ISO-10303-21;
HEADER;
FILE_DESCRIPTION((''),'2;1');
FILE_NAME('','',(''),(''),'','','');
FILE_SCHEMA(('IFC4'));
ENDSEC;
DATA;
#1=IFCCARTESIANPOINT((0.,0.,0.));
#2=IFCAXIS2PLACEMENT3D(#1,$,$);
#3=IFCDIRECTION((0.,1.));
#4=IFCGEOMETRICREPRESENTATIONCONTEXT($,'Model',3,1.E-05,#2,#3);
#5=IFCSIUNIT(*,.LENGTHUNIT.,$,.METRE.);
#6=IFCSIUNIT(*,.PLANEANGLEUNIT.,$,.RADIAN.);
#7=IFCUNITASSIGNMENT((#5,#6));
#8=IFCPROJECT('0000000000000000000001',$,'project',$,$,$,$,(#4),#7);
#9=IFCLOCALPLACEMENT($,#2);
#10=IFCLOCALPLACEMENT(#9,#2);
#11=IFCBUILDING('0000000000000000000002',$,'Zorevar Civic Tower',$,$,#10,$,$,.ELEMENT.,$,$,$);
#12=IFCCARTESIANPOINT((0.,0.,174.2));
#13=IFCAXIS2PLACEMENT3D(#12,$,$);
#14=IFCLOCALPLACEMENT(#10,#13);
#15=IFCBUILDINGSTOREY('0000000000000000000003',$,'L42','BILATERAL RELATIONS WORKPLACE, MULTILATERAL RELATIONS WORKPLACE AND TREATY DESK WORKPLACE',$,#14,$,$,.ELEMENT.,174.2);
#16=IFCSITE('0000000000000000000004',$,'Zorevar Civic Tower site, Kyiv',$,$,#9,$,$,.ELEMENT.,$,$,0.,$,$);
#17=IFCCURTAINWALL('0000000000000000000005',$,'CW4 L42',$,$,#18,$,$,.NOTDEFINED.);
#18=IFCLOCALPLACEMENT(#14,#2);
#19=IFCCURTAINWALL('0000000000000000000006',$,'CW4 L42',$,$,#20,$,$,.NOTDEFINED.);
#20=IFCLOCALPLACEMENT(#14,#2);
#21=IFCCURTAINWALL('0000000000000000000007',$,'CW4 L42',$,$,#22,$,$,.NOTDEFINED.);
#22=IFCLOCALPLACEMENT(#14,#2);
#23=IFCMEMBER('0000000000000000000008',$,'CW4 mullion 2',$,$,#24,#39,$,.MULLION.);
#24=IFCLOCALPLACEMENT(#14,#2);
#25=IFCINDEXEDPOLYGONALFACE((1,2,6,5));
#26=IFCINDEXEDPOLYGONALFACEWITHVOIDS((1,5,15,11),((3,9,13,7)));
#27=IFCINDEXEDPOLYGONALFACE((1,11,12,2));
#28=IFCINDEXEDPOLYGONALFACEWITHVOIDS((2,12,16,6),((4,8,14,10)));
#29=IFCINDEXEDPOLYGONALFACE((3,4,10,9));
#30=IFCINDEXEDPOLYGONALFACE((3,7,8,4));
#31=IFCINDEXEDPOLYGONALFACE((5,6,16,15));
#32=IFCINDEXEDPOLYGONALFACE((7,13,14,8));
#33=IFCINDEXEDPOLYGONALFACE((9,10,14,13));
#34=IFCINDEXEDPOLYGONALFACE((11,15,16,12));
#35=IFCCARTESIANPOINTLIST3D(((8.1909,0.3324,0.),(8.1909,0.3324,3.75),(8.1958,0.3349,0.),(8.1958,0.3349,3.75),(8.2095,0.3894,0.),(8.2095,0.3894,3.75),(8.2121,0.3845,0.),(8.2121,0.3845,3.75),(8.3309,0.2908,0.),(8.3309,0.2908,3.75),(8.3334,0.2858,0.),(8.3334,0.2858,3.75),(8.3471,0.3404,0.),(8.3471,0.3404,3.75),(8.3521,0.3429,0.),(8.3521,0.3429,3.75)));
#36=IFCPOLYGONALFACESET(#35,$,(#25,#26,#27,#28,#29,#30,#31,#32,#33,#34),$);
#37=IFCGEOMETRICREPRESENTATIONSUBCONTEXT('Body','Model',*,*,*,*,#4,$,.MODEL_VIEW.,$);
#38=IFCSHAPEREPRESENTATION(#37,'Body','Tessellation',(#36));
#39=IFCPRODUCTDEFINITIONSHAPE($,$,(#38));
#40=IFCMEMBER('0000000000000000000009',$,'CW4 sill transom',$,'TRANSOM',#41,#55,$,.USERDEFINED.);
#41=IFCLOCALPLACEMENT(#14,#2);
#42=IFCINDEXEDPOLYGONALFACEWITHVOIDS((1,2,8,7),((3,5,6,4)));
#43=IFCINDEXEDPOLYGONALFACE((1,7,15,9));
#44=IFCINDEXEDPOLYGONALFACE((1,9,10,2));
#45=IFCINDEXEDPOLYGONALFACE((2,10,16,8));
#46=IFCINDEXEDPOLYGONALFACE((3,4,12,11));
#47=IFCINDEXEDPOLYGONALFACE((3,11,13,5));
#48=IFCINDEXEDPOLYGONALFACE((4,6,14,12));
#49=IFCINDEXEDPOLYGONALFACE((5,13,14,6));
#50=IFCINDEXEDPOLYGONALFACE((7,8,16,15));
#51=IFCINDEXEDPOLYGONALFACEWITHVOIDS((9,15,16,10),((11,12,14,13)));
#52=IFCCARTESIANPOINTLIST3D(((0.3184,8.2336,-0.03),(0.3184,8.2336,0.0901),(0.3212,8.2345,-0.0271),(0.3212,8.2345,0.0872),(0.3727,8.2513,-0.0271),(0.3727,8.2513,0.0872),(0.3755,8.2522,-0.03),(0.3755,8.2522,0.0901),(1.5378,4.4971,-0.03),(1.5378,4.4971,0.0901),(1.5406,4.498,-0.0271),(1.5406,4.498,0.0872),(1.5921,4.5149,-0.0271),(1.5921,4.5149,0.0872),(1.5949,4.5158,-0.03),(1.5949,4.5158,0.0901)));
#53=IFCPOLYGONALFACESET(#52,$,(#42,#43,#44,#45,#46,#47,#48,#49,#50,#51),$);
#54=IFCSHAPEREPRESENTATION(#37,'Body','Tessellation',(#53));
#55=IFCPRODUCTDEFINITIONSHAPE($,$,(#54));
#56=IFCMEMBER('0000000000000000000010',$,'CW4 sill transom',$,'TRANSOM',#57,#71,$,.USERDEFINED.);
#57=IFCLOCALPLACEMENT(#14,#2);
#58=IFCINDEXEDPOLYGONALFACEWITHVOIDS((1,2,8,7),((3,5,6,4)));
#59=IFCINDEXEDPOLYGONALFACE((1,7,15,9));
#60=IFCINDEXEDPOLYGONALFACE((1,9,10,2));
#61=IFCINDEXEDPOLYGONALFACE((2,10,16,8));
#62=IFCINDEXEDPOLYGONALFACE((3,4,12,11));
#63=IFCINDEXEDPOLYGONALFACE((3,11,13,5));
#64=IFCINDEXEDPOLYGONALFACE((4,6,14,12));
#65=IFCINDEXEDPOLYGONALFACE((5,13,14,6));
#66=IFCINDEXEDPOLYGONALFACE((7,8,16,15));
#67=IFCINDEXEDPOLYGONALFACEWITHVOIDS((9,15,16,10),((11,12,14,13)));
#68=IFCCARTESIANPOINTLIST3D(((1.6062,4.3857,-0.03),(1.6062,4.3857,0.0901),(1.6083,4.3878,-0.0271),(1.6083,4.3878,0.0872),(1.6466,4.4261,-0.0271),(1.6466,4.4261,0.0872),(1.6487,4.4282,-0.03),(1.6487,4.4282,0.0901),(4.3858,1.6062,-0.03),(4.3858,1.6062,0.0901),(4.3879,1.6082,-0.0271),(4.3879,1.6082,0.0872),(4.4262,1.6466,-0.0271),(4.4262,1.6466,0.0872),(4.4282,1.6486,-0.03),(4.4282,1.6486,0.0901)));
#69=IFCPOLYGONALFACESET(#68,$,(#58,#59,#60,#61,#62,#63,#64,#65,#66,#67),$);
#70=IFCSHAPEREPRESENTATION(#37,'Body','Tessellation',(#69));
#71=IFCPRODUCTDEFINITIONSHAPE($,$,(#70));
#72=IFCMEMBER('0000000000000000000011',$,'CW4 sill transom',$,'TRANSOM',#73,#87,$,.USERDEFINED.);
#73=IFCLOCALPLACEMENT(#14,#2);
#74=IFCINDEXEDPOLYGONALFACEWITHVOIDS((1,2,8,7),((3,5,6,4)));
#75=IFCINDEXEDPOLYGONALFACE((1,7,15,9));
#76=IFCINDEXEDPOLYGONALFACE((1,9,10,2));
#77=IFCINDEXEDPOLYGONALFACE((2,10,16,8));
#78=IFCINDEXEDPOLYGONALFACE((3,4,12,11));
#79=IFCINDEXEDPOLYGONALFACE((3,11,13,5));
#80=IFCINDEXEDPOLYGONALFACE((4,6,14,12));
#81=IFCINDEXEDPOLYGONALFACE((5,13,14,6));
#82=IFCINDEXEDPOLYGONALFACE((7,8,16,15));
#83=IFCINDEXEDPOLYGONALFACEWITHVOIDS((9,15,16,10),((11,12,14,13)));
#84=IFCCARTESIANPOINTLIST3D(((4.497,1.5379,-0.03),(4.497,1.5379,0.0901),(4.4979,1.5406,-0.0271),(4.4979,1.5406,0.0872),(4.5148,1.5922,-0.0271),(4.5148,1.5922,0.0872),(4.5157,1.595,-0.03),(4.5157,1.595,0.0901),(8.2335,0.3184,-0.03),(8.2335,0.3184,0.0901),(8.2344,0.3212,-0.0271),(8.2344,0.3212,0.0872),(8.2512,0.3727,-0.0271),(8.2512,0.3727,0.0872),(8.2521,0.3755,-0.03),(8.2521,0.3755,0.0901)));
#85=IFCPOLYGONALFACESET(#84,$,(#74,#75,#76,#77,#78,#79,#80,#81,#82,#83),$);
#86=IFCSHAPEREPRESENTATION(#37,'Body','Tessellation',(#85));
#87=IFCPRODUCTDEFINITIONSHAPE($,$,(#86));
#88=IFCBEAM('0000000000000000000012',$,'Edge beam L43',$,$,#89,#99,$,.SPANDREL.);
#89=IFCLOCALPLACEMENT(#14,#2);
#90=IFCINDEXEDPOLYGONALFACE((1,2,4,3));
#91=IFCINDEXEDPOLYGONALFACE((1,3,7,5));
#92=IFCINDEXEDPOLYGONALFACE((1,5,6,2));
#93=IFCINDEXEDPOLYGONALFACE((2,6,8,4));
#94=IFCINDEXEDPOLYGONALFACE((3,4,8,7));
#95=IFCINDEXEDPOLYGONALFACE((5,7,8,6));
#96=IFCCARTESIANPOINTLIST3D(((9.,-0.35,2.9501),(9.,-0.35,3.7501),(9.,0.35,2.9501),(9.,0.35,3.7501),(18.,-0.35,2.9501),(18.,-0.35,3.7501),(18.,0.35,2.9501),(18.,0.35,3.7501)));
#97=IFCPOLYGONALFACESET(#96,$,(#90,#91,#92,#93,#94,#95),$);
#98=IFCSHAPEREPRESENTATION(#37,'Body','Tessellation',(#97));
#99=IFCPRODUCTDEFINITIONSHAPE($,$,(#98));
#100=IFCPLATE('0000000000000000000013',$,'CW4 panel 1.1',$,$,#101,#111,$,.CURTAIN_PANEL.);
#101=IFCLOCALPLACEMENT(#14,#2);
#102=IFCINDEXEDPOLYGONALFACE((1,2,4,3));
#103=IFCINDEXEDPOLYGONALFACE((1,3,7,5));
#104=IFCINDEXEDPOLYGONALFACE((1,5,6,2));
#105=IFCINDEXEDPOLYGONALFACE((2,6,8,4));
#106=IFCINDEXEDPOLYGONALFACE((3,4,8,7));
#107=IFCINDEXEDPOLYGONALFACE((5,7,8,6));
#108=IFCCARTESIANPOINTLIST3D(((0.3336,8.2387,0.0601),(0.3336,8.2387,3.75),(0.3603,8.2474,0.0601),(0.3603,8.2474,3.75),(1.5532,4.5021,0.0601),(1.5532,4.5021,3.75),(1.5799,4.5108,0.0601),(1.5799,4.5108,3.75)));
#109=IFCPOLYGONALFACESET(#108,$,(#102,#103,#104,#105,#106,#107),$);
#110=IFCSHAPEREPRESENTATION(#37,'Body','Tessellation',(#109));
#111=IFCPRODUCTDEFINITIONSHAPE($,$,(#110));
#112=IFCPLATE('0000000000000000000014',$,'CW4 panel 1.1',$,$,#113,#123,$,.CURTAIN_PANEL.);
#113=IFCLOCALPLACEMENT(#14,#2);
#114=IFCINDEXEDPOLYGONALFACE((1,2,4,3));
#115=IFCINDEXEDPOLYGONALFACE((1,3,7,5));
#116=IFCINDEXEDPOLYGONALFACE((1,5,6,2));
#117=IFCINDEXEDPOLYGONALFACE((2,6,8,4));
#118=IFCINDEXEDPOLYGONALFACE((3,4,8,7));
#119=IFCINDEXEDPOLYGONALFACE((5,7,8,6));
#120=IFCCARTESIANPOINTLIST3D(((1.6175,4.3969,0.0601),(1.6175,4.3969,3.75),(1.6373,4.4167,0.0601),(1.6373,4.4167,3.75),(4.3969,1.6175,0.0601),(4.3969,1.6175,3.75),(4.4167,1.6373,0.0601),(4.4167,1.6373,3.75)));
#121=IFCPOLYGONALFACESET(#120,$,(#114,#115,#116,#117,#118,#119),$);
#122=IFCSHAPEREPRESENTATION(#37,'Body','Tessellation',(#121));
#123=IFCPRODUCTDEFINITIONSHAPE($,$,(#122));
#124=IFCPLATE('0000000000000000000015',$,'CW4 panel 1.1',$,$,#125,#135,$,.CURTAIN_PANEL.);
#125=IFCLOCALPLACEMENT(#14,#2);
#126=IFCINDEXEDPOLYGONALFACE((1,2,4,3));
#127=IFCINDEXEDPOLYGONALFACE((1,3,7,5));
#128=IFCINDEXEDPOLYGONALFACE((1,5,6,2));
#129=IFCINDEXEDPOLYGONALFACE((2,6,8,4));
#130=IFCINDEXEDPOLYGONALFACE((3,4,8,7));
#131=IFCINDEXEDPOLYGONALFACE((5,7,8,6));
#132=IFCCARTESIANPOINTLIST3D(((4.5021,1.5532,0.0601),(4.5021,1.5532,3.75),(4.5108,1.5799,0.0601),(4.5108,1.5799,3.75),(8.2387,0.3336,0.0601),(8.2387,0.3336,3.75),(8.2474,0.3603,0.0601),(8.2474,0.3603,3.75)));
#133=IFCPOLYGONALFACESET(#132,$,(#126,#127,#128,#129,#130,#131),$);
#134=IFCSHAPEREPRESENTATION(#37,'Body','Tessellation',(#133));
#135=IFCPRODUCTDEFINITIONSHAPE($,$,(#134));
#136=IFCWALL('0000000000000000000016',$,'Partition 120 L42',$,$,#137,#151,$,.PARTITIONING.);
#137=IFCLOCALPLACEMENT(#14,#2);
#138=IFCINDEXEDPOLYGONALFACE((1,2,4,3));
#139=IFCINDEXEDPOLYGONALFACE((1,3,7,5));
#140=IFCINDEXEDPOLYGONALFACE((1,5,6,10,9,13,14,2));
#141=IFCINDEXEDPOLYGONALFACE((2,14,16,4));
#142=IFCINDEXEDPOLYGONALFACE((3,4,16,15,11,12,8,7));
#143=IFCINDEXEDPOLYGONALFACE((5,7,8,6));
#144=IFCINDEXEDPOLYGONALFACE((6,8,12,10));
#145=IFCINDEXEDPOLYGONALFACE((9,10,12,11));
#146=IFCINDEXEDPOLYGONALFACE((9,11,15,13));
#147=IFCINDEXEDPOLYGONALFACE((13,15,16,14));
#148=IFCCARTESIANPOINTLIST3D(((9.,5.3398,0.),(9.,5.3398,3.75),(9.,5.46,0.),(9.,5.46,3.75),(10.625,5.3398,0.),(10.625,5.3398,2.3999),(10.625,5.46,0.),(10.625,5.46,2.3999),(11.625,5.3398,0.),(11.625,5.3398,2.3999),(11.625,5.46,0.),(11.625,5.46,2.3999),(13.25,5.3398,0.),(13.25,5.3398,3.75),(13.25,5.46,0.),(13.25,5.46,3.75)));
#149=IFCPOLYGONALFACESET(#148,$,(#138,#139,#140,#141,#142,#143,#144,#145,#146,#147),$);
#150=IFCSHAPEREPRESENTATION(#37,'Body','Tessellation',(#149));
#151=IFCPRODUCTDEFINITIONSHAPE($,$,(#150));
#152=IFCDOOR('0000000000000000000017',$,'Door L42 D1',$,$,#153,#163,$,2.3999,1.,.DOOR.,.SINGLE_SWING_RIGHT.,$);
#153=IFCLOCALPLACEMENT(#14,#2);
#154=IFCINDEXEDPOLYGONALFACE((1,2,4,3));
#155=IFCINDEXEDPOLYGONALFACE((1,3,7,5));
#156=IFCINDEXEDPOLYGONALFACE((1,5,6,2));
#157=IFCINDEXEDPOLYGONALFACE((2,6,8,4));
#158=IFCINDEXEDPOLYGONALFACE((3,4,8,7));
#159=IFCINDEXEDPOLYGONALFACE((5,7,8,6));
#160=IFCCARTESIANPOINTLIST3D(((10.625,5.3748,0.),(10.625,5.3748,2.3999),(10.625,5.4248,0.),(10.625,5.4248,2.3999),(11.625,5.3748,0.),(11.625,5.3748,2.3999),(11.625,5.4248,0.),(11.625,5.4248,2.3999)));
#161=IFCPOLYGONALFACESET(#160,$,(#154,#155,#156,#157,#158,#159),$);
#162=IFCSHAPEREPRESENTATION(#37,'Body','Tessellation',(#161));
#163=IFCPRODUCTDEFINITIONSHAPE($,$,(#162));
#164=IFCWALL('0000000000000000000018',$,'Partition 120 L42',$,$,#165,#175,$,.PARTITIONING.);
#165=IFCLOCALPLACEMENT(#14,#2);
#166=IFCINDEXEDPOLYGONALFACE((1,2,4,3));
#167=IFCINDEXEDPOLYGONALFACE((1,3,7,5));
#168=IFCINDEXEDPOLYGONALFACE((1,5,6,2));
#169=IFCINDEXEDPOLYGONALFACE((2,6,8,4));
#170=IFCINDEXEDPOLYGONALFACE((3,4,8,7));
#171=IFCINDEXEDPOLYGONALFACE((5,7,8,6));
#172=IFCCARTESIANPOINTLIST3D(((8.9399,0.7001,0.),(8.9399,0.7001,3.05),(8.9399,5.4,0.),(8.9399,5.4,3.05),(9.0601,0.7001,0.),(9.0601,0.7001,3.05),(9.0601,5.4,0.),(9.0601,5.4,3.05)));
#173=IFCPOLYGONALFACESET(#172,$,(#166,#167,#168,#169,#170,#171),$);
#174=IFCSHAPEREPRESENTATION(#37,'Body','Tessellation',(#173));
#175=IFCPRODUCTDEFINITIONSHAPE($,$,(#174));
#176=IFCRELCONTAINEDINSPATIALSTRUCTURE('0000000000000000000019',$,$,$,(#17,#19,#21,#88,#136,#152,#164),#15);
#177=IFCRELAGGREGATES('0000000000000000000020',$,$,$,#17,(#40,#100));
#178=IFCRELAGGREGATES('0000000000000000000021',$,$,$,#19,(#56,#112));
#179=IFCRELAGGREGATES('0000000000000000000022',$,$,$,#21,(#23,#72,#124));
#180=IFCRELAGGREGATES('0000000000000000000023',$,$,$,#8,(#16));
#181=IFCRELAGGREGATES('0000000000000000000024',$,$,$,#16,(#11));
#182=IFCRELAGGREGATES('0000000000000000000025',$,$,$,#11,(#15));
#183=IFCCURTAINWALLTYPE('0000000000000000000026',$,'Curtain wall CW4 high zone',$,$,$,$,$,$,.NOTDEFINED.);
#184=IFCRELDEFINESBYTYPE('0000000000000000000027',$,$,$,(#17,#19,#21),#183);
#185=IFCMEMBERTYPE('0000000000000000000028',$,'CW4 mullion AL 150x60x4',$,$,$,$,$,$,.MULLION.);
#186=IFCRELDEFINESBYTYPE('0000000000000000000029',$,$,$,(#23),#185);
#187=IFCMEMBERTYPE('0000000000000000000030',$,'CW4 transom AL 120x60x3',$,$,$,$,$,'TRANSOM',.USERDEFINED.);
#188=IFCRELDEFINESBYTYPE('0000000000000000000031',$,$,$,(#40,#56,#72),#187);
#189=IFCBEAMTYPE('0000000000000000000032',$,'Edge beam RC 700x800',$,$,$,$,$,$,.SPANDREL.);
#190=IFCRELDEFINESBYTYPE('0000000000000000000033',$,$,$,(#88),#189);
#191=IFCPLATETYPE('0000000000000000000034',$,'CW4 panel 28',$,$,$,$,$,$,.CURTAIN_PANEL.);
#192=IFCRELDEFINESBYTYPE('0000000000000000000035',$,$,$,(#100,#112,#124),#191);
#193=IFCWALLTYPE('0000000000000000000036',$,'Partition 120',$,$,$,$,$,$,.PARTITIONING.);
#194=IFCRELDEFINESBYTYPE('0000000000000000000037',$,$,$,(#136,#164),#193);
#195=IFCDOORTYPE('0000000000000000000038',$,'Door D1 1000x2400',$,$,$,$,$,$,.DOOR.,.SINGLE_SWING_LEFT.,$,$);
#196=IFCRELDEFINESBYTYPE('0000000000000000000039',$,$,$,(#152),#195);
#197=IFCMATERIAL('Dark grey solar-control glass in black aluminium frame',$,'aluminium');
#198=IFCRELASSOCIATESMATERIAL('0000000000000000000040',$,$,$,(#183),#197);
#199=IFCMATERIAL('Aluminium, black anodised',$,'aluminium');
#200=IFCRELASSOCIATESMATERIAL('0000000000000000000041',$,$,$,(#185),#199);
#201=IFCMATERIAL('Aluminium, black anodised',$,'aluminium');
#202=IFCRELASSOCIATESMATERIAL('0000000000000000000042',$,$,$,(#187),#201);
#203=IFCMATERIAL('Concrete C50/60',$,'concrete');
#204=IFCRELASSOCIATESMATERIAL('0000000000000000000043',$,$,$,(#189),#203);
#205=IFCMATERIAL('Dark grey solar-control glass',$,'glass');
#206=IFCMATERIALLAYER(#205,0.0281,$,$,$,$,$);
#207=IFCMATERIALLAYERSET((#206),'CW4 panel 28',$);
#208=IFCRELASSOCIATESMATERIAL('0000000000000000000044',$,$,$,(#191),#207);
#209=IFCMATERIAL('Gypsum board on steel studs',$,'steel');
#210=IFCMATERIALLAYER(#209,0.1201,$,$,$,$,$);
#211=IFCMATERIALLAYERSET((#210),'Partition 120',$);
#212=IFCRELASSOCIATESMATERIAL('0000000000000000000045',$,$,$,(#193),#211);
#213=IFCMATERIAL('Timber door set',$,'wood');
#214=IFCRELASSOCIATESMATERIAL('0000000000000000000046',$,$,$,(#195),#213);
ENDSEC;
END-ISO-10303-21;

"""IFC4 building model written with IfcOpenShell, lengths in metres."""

from ifc_helpers import new_model, si_unit, direction, frame, frame_2d, origin, origin_2d, place, context, subcontext, project, spatial, rectangle, hollow_rectangle, extrude, material, layer, layer_set, material_profile, profile_set, type_object, element, fill, aggregate, save


model = new_model("IFC4")

# Units and contexts
model_context = context("Model", 3, precision=1e-05, world=origin(), true_north=direction((0.0, 1.0)))
body_context = subcontext(model_context, "Body", "Model", "MODEL_VIEW")
ifc_project = project(units=[si_unit("LENGTHUNIT", "METRE"), si_unit("PLANEANGLEUNIT", "RADIAN")], contexts=[model_context])

# Site, building, storey
site_placement = place(None, origin())
site = spatial("IfcSite", under=ifc_project, at=site_placement, Name="Zorevar Civic Tower site, Kyiv", CompositionType="ELEMENT", RefElevation=0.0)
building_placement = place(site_placement, origin())
building = spatial("IfcBuilding", under=site, at=building_placement, Name="Zorevar Civic Tower", CompositionType="ELEMENT")
storey_placement = place(building_placement, frame((0.0, 0.0, 174.2)))
storey = spatial("IfcBuildingStorey", under=building, at=storey_placement, Name="L42", Description="BILATERAL RELATIONS WORKPLACE, MULTILATERAL RELATIONS WORKPLACE AND TREATY DESK WORKPLACE", CompositionType="ELEMENT", Elevation=174.2)

# Curtain walls, member
ifc_material_1 = material(Name="Dark grey solar-control glass in black aluminium frame", Category="aluminium")
curtain_wall_type = type_object("IfcCurtainWallType", Name="Curtain wall CW4 high zone", PredefinedType="NOTDEFINED", material=ifc_material_1)
curtain_wall_1_placement = place(storey_placement, origin())
curtain_wall_1 = element("IfcCurtainWall", 1, at=curtain_wall_1_placement, inside=storey, type_object=curtain_wall_type, Name="CW4 L42", PredefinedType="NOTDEFINED")
ifc_material_2 = material(Name="Aluminium, black anodised", Category="aluminium")
ifc_material_profile_1 = material_profile(ifc_material_2, hollow_rectangle(XDim=0.0601, YDim=0.1499, WallThickness=0.0039, at=origin_2d()), Name="AL 150x60x4")
ifc_profile_set_1 = profile_set([ifc_material_profile_1], Name="Aluminium, black anodised")
member_type_1 = type_object("IfcMemberType", Name="CW4 mullion AL 150x60x4", PredefinedType="MULLION", material=ifc_profile_set_1)
curtain_wall_2_placement = place(storey_placement, origin())
curtain_wall_2 = element("IfcCurtainWall", 2, at=curtain_wall_2_placement, inside=storey, type_object=curtain_wall_type, Name="CW4 L42", PredefinedType="NOTDEFINED")
curtain_wall_3_placement = place(storey_placement, origin())
curtain_wall_3 = element("IfcCurtainWall", 3, at=curtain_wall_3_placement, inside=storey, type_object=curtain_wall_type, Name="CW4 L42", PredefinedType="NOTDEFINED")
member_1_placement = place(storey_placement, frame((8.2715, 0.3376, 0.0), z_axis=(0.0, 0.0, 1.0), x_axis=(0.310281, 0.950645, 0.0)))
member_1 = element("IfcMember", 4, at=member_1_placement, type_object=member_type_1, Name="CW4 mullion 2", PredefinedType="MULLION", context=body_context, shape_type="SweptSolid", body=[
    extrude(hollow_rectangle(XDim=0.0601, YDim=0.1499, WallThickness=0.0039, at=origin_2d()), origin(), (0.0, 0.0, 1.0), 3.75),
])

# Members
ifc_material_3 = material(Name="Aluminium, black anodised", Category="aluminium")
ifc_material_profile_2 = material_profile(ifc_material_3, hollow_rectangle(XDim=0.0601, YDim=0.1201, WallThickness=0.0029, at=origin_2d()), Name="AL 120x60x3")
ifc_profile_set_2 = profile_set([ifc_material_profile_2], Name="Aluminium, black anodised")
member_type_2 = type_object("IfcMemberType", Name="CW4 transom AL 120x60x3", ElementType="TRANSOM", PredefinedType="USERDEFINED", material=ifc_profile_set_2)
member_2_placement = place(storey_placement, frame((0.3469, 8.2429, 0.03), z_axis=(0.310259, -0.950652, 0.0), x_axis=(0.950652, 0.310259, 0.0)))
member_2 = element("IfcMember", 5, at=member_2_placement, type_object=member_type_2, Name="CW4 sill transom", ObjectType="TRANSOM", PredefinedType="USERDEFINED", context=body_context, shape_type="SweptSolid", body=[
    extrude(hollow_rectangle(XDim=0.0601, YDim=0.1201, WallThickness=0.0029, at=origin_2d()), origin(), (0.0, 0.0, 1.0), 3.9304),
])
member_3_placement = place(storey_placement, frame((1.6274, 4.407, 0.03), z_axis=(0.707107, -0.707107, 0.0), x_axis=(0.707107, 0.707107, 0.0)))
member_3 = element("IfcMember", 6, at=member_3_placement, type_object=member_type_2, Name="CW4 sill transom", ObjectType="TRANSOM", PredefinedType="USERDEFINED", context=body_context, shape_type="SweptSolid", body=[
    extrude(hollow_rectangle(XDim=0.0601, YDim=0.1201, WallThickness=0.0029, at=origin_2d()), origin(), (0.0, 0.0, 1.0), 3.9309),
])
member_4_placement = place(storey_placement, frame((4.5063, 1.5664, 0.03), z_axis=(0.950652, -0.310259, 0.0), x_axis=(0.310259, 0.950652, 0.0)))
member_4 = element("IfcMember", 7, at=member_4_placement, type_object=member_type_2, Name="CW4 sill transom", ObjectType="TRANSOM", PredefinedType="USERDEFINED", context=body_context, shape_type="SweptSolid", body=[
    extrude(hollow_rectangle(XDim=0.0601, YDim=0.1201, WallThickness=0.0029, at=origin_2d()), origin(), (0.0, 0.0, 1.0), 3.9304),
])

# Beam
ifc_material_4 = material(Name="Concrete C50/60", Category="concrete")
ifc_material_profile_3 = material_profile(ifc_material_4, rectangle(XDim=0.7, YDim=0.8, at=origin_2d()), Name="RC 700x800")
ifc_profile_set_3 = profile_set([ifc_material_profile_3], Name="Concrete C50/60")
beam_type_1 = type_object("IfcBeamType", Name="Edge beam RC 700x800", PredefinedType="SPANDREL", material=ifc_profile_set_3)
beam_1_placement = place(storey_placement, frame((9.0, 0.0, 3.3501), z_axis=(1.0, 0.0, 0.0), x_axis=(0.0, 1.0, 0.0)))
element("IfcBeam", 8, at=beam_1_placement, inside=storey, type_object=beam_type_1, Name="Edge beam L43", PredefinedType="SPANDREL", context=body_context, shape_type="SweptSolid", body=[
    extrude(rectangle(XDim=0.7, YDim=0.8, at=origin_2d()), origin(), (0.0, 0.0, 1.0), 9.0),
])

# Plates
ifc_material_5 = material(Name="Dark grey solar-control glass", Category="glass")
ifc_layer_1 = layer(ifc_material_5, 0.0281)
ifc_layer_set_1 = layer_set([ifc_layer_1], Name="CW4 panel 28")
plate_type = type_object("IfcPlateType", Name="CW4 panel 28", PredefinedType="CURTAIN_PANEL", material=ifc_layer_set_1)
plate_1_placement = place(storey_placement, frame((0.9568, 6.3748, 0.0601), z_axis=(0.0, 0.0, 1.0), x_axis=(0.310281, -0.950645, 0.0)))
plate_1 = element("IfcPlate", 9, at=plate_1_placement, type_object=plate_type, Name="CW4 panel 1.1", PredefinedType="CURTAIN_PANEL", context=body_context, shape_type="SweptSolid", body=[
    extrude(rectangle(XDim=3.9307, YDim=0.0281, at=origin_2d()), origin(), (0.0, 0.0, 1.0), 3.6899),
])
aggregate(curtain_wall_1, [member_2, plate_1])
plate_2_placement = place(storey_placement, frame((3.0171, 3.0171, 0.0601), z_axis=(0.0, 0.0, 1.0), x_axis=(0.707107, -0.707107, 0.0)))
plate_2 = element("IfcPlate", 10, at=plate_2_placement, type_object=plate_type, Name="CW4 panel 1.1", PredefinedType="CURTAIN_PANEL", context=body_context, shape_type="SweptSolid", body=[
    extrude(rectangle(XDim=3.9307, YDim=0.0281, at=origin_2d()), origin(), (0.0, 0.0, 1.0), 3.6899),
])
aggregate(curtain_wall_2, [member_3, plate_2])
plate_3_placement = place(storey_placement, frame((6.3748, 0.9568, 0.0601), z_axis=(0.0, 0.0, 1.0), x_axis=(0.950645, -0.310281, 0.0)))
plate_3 = element("IfcPlate", 11, at=plate_3_placement, type_object=plate_type, Name="CW4 panel 1.1", PredefinedType="CURTAIN_PANEL", context=body_context, shape_type="SweptSolid", body=[
    extrude(rectangle(XDim=3.9307, YDim=0.0281, at=origin_2d()), origin(), (0.0, 0.0, 1.0), 3.6899),
])
aggregate(curtain_wall_3, [member_1, member_4, plate_3])

# Wall, opening, door
ifc_material_6 = material(Name="Gypsum board on steel studs", Category="steel")
ifc_layer_2 = layer(ifc_material_6, 0.1201)
ifc_layer_set_2 = layer_set([ifc_layer_2], Name="Partition 120")
wall_type = type_object("IfcWallType", Name="Partition 120", PredefinedType="PARTITIONING", material=ifc_layer_set_2)
wall_1_placement = place(storey_placement, frame((9.0, 5.3999, 0.0), z_axis=(0.0, 0.0, 1.0), x_axis=(1.0, 0.0, 0.0)))
wall_1 = element("IfcWall", 12, at=wall_1_placement, inside=storey, type_object=wall_type, Name="Partition 120 L42", PredefinedType="PARTITIONING", context=body_context, shape_type="SweptSolid", body=[
    extrude(rectangle(XDim=4.25, YDim=0.1201, at=frame_2d((2.125, 0.0))), origin(), (0.0, 0.0, 1.0), 3.75),
])
opening_placement = place(wall_1_placement, frame((1.625, 0.0, 0.0)))
opening = element("IfcOpeningElement", 13, at=opening_placement, cuts=wall_1, PredefinedType="OPENING", context=body_context, shape_type="SweptSolid", body=[
    extrude(rectangle(XDim=1.0, YDim=2.3999, at=frame_2d((0.5, 1.2))), frame((0.0, 0.0701, 0.0), z_axis=(0.0, -1.0, 0.0), x_axis=(1.0, 0.0, 0.0)), (0.0, 0.0, 1.0), 0.1401),
])
ifc_material_7 = material(Name="Timber door set", Category="wood")
door_type = type_object("IfcDoorType", Name="Door D1 1000x2400", OperationType="SINGLE_SWING_LEFT", PredefinedType="DOOR", material=ifc_material_7)
door_placement = place(opening_placement, origin())
door = element("IfcDoor", 14, at=door_placement, inside=storey, type_object=door_type, Name="Door L42 D1", OperationType="SINGLE_SWING_RIGHT", OverallHeight=2.3999, OverallWidth=1.0, PredefinedType="DOOR", context=body_context, shape_type="SweptSolid", body=[
    extrude(rectangle(XDim=1.0, YDim=2.3999, at=frame_2d((0.5, 1.2))), frame((0.0, 0.0249, 0.0), z_axis=(0.0, -1.0, 0.0), x_axis=(1.0, 0.0, 0.0)), (0.0, 0.0, 1.0), 0.05),
])
fill(opening, door)

# Wall
wall_2_placement = place(storey_placement, frame((9.0, 0.7, 0.0), z_axis=(0.0, 0.0, 1.0), x_axis=(0.0, 1.0, 0.0)))
element("IfcWall", 15, at=wall_2_placement, inside=storey, type_object=wall_type, Name="Partition 120 L42", PredefinedType="PARTITIONING", context=body_context, shape_type="SweptSolid", body=[
    extrude(rectangle(XDim=4.7, YDim=0.1201, at=frame_2d((2.3501, 0.0))), origin(), (0.0, 0.0, 1.0), 3.05),
])

save(model, "model.ifc")
